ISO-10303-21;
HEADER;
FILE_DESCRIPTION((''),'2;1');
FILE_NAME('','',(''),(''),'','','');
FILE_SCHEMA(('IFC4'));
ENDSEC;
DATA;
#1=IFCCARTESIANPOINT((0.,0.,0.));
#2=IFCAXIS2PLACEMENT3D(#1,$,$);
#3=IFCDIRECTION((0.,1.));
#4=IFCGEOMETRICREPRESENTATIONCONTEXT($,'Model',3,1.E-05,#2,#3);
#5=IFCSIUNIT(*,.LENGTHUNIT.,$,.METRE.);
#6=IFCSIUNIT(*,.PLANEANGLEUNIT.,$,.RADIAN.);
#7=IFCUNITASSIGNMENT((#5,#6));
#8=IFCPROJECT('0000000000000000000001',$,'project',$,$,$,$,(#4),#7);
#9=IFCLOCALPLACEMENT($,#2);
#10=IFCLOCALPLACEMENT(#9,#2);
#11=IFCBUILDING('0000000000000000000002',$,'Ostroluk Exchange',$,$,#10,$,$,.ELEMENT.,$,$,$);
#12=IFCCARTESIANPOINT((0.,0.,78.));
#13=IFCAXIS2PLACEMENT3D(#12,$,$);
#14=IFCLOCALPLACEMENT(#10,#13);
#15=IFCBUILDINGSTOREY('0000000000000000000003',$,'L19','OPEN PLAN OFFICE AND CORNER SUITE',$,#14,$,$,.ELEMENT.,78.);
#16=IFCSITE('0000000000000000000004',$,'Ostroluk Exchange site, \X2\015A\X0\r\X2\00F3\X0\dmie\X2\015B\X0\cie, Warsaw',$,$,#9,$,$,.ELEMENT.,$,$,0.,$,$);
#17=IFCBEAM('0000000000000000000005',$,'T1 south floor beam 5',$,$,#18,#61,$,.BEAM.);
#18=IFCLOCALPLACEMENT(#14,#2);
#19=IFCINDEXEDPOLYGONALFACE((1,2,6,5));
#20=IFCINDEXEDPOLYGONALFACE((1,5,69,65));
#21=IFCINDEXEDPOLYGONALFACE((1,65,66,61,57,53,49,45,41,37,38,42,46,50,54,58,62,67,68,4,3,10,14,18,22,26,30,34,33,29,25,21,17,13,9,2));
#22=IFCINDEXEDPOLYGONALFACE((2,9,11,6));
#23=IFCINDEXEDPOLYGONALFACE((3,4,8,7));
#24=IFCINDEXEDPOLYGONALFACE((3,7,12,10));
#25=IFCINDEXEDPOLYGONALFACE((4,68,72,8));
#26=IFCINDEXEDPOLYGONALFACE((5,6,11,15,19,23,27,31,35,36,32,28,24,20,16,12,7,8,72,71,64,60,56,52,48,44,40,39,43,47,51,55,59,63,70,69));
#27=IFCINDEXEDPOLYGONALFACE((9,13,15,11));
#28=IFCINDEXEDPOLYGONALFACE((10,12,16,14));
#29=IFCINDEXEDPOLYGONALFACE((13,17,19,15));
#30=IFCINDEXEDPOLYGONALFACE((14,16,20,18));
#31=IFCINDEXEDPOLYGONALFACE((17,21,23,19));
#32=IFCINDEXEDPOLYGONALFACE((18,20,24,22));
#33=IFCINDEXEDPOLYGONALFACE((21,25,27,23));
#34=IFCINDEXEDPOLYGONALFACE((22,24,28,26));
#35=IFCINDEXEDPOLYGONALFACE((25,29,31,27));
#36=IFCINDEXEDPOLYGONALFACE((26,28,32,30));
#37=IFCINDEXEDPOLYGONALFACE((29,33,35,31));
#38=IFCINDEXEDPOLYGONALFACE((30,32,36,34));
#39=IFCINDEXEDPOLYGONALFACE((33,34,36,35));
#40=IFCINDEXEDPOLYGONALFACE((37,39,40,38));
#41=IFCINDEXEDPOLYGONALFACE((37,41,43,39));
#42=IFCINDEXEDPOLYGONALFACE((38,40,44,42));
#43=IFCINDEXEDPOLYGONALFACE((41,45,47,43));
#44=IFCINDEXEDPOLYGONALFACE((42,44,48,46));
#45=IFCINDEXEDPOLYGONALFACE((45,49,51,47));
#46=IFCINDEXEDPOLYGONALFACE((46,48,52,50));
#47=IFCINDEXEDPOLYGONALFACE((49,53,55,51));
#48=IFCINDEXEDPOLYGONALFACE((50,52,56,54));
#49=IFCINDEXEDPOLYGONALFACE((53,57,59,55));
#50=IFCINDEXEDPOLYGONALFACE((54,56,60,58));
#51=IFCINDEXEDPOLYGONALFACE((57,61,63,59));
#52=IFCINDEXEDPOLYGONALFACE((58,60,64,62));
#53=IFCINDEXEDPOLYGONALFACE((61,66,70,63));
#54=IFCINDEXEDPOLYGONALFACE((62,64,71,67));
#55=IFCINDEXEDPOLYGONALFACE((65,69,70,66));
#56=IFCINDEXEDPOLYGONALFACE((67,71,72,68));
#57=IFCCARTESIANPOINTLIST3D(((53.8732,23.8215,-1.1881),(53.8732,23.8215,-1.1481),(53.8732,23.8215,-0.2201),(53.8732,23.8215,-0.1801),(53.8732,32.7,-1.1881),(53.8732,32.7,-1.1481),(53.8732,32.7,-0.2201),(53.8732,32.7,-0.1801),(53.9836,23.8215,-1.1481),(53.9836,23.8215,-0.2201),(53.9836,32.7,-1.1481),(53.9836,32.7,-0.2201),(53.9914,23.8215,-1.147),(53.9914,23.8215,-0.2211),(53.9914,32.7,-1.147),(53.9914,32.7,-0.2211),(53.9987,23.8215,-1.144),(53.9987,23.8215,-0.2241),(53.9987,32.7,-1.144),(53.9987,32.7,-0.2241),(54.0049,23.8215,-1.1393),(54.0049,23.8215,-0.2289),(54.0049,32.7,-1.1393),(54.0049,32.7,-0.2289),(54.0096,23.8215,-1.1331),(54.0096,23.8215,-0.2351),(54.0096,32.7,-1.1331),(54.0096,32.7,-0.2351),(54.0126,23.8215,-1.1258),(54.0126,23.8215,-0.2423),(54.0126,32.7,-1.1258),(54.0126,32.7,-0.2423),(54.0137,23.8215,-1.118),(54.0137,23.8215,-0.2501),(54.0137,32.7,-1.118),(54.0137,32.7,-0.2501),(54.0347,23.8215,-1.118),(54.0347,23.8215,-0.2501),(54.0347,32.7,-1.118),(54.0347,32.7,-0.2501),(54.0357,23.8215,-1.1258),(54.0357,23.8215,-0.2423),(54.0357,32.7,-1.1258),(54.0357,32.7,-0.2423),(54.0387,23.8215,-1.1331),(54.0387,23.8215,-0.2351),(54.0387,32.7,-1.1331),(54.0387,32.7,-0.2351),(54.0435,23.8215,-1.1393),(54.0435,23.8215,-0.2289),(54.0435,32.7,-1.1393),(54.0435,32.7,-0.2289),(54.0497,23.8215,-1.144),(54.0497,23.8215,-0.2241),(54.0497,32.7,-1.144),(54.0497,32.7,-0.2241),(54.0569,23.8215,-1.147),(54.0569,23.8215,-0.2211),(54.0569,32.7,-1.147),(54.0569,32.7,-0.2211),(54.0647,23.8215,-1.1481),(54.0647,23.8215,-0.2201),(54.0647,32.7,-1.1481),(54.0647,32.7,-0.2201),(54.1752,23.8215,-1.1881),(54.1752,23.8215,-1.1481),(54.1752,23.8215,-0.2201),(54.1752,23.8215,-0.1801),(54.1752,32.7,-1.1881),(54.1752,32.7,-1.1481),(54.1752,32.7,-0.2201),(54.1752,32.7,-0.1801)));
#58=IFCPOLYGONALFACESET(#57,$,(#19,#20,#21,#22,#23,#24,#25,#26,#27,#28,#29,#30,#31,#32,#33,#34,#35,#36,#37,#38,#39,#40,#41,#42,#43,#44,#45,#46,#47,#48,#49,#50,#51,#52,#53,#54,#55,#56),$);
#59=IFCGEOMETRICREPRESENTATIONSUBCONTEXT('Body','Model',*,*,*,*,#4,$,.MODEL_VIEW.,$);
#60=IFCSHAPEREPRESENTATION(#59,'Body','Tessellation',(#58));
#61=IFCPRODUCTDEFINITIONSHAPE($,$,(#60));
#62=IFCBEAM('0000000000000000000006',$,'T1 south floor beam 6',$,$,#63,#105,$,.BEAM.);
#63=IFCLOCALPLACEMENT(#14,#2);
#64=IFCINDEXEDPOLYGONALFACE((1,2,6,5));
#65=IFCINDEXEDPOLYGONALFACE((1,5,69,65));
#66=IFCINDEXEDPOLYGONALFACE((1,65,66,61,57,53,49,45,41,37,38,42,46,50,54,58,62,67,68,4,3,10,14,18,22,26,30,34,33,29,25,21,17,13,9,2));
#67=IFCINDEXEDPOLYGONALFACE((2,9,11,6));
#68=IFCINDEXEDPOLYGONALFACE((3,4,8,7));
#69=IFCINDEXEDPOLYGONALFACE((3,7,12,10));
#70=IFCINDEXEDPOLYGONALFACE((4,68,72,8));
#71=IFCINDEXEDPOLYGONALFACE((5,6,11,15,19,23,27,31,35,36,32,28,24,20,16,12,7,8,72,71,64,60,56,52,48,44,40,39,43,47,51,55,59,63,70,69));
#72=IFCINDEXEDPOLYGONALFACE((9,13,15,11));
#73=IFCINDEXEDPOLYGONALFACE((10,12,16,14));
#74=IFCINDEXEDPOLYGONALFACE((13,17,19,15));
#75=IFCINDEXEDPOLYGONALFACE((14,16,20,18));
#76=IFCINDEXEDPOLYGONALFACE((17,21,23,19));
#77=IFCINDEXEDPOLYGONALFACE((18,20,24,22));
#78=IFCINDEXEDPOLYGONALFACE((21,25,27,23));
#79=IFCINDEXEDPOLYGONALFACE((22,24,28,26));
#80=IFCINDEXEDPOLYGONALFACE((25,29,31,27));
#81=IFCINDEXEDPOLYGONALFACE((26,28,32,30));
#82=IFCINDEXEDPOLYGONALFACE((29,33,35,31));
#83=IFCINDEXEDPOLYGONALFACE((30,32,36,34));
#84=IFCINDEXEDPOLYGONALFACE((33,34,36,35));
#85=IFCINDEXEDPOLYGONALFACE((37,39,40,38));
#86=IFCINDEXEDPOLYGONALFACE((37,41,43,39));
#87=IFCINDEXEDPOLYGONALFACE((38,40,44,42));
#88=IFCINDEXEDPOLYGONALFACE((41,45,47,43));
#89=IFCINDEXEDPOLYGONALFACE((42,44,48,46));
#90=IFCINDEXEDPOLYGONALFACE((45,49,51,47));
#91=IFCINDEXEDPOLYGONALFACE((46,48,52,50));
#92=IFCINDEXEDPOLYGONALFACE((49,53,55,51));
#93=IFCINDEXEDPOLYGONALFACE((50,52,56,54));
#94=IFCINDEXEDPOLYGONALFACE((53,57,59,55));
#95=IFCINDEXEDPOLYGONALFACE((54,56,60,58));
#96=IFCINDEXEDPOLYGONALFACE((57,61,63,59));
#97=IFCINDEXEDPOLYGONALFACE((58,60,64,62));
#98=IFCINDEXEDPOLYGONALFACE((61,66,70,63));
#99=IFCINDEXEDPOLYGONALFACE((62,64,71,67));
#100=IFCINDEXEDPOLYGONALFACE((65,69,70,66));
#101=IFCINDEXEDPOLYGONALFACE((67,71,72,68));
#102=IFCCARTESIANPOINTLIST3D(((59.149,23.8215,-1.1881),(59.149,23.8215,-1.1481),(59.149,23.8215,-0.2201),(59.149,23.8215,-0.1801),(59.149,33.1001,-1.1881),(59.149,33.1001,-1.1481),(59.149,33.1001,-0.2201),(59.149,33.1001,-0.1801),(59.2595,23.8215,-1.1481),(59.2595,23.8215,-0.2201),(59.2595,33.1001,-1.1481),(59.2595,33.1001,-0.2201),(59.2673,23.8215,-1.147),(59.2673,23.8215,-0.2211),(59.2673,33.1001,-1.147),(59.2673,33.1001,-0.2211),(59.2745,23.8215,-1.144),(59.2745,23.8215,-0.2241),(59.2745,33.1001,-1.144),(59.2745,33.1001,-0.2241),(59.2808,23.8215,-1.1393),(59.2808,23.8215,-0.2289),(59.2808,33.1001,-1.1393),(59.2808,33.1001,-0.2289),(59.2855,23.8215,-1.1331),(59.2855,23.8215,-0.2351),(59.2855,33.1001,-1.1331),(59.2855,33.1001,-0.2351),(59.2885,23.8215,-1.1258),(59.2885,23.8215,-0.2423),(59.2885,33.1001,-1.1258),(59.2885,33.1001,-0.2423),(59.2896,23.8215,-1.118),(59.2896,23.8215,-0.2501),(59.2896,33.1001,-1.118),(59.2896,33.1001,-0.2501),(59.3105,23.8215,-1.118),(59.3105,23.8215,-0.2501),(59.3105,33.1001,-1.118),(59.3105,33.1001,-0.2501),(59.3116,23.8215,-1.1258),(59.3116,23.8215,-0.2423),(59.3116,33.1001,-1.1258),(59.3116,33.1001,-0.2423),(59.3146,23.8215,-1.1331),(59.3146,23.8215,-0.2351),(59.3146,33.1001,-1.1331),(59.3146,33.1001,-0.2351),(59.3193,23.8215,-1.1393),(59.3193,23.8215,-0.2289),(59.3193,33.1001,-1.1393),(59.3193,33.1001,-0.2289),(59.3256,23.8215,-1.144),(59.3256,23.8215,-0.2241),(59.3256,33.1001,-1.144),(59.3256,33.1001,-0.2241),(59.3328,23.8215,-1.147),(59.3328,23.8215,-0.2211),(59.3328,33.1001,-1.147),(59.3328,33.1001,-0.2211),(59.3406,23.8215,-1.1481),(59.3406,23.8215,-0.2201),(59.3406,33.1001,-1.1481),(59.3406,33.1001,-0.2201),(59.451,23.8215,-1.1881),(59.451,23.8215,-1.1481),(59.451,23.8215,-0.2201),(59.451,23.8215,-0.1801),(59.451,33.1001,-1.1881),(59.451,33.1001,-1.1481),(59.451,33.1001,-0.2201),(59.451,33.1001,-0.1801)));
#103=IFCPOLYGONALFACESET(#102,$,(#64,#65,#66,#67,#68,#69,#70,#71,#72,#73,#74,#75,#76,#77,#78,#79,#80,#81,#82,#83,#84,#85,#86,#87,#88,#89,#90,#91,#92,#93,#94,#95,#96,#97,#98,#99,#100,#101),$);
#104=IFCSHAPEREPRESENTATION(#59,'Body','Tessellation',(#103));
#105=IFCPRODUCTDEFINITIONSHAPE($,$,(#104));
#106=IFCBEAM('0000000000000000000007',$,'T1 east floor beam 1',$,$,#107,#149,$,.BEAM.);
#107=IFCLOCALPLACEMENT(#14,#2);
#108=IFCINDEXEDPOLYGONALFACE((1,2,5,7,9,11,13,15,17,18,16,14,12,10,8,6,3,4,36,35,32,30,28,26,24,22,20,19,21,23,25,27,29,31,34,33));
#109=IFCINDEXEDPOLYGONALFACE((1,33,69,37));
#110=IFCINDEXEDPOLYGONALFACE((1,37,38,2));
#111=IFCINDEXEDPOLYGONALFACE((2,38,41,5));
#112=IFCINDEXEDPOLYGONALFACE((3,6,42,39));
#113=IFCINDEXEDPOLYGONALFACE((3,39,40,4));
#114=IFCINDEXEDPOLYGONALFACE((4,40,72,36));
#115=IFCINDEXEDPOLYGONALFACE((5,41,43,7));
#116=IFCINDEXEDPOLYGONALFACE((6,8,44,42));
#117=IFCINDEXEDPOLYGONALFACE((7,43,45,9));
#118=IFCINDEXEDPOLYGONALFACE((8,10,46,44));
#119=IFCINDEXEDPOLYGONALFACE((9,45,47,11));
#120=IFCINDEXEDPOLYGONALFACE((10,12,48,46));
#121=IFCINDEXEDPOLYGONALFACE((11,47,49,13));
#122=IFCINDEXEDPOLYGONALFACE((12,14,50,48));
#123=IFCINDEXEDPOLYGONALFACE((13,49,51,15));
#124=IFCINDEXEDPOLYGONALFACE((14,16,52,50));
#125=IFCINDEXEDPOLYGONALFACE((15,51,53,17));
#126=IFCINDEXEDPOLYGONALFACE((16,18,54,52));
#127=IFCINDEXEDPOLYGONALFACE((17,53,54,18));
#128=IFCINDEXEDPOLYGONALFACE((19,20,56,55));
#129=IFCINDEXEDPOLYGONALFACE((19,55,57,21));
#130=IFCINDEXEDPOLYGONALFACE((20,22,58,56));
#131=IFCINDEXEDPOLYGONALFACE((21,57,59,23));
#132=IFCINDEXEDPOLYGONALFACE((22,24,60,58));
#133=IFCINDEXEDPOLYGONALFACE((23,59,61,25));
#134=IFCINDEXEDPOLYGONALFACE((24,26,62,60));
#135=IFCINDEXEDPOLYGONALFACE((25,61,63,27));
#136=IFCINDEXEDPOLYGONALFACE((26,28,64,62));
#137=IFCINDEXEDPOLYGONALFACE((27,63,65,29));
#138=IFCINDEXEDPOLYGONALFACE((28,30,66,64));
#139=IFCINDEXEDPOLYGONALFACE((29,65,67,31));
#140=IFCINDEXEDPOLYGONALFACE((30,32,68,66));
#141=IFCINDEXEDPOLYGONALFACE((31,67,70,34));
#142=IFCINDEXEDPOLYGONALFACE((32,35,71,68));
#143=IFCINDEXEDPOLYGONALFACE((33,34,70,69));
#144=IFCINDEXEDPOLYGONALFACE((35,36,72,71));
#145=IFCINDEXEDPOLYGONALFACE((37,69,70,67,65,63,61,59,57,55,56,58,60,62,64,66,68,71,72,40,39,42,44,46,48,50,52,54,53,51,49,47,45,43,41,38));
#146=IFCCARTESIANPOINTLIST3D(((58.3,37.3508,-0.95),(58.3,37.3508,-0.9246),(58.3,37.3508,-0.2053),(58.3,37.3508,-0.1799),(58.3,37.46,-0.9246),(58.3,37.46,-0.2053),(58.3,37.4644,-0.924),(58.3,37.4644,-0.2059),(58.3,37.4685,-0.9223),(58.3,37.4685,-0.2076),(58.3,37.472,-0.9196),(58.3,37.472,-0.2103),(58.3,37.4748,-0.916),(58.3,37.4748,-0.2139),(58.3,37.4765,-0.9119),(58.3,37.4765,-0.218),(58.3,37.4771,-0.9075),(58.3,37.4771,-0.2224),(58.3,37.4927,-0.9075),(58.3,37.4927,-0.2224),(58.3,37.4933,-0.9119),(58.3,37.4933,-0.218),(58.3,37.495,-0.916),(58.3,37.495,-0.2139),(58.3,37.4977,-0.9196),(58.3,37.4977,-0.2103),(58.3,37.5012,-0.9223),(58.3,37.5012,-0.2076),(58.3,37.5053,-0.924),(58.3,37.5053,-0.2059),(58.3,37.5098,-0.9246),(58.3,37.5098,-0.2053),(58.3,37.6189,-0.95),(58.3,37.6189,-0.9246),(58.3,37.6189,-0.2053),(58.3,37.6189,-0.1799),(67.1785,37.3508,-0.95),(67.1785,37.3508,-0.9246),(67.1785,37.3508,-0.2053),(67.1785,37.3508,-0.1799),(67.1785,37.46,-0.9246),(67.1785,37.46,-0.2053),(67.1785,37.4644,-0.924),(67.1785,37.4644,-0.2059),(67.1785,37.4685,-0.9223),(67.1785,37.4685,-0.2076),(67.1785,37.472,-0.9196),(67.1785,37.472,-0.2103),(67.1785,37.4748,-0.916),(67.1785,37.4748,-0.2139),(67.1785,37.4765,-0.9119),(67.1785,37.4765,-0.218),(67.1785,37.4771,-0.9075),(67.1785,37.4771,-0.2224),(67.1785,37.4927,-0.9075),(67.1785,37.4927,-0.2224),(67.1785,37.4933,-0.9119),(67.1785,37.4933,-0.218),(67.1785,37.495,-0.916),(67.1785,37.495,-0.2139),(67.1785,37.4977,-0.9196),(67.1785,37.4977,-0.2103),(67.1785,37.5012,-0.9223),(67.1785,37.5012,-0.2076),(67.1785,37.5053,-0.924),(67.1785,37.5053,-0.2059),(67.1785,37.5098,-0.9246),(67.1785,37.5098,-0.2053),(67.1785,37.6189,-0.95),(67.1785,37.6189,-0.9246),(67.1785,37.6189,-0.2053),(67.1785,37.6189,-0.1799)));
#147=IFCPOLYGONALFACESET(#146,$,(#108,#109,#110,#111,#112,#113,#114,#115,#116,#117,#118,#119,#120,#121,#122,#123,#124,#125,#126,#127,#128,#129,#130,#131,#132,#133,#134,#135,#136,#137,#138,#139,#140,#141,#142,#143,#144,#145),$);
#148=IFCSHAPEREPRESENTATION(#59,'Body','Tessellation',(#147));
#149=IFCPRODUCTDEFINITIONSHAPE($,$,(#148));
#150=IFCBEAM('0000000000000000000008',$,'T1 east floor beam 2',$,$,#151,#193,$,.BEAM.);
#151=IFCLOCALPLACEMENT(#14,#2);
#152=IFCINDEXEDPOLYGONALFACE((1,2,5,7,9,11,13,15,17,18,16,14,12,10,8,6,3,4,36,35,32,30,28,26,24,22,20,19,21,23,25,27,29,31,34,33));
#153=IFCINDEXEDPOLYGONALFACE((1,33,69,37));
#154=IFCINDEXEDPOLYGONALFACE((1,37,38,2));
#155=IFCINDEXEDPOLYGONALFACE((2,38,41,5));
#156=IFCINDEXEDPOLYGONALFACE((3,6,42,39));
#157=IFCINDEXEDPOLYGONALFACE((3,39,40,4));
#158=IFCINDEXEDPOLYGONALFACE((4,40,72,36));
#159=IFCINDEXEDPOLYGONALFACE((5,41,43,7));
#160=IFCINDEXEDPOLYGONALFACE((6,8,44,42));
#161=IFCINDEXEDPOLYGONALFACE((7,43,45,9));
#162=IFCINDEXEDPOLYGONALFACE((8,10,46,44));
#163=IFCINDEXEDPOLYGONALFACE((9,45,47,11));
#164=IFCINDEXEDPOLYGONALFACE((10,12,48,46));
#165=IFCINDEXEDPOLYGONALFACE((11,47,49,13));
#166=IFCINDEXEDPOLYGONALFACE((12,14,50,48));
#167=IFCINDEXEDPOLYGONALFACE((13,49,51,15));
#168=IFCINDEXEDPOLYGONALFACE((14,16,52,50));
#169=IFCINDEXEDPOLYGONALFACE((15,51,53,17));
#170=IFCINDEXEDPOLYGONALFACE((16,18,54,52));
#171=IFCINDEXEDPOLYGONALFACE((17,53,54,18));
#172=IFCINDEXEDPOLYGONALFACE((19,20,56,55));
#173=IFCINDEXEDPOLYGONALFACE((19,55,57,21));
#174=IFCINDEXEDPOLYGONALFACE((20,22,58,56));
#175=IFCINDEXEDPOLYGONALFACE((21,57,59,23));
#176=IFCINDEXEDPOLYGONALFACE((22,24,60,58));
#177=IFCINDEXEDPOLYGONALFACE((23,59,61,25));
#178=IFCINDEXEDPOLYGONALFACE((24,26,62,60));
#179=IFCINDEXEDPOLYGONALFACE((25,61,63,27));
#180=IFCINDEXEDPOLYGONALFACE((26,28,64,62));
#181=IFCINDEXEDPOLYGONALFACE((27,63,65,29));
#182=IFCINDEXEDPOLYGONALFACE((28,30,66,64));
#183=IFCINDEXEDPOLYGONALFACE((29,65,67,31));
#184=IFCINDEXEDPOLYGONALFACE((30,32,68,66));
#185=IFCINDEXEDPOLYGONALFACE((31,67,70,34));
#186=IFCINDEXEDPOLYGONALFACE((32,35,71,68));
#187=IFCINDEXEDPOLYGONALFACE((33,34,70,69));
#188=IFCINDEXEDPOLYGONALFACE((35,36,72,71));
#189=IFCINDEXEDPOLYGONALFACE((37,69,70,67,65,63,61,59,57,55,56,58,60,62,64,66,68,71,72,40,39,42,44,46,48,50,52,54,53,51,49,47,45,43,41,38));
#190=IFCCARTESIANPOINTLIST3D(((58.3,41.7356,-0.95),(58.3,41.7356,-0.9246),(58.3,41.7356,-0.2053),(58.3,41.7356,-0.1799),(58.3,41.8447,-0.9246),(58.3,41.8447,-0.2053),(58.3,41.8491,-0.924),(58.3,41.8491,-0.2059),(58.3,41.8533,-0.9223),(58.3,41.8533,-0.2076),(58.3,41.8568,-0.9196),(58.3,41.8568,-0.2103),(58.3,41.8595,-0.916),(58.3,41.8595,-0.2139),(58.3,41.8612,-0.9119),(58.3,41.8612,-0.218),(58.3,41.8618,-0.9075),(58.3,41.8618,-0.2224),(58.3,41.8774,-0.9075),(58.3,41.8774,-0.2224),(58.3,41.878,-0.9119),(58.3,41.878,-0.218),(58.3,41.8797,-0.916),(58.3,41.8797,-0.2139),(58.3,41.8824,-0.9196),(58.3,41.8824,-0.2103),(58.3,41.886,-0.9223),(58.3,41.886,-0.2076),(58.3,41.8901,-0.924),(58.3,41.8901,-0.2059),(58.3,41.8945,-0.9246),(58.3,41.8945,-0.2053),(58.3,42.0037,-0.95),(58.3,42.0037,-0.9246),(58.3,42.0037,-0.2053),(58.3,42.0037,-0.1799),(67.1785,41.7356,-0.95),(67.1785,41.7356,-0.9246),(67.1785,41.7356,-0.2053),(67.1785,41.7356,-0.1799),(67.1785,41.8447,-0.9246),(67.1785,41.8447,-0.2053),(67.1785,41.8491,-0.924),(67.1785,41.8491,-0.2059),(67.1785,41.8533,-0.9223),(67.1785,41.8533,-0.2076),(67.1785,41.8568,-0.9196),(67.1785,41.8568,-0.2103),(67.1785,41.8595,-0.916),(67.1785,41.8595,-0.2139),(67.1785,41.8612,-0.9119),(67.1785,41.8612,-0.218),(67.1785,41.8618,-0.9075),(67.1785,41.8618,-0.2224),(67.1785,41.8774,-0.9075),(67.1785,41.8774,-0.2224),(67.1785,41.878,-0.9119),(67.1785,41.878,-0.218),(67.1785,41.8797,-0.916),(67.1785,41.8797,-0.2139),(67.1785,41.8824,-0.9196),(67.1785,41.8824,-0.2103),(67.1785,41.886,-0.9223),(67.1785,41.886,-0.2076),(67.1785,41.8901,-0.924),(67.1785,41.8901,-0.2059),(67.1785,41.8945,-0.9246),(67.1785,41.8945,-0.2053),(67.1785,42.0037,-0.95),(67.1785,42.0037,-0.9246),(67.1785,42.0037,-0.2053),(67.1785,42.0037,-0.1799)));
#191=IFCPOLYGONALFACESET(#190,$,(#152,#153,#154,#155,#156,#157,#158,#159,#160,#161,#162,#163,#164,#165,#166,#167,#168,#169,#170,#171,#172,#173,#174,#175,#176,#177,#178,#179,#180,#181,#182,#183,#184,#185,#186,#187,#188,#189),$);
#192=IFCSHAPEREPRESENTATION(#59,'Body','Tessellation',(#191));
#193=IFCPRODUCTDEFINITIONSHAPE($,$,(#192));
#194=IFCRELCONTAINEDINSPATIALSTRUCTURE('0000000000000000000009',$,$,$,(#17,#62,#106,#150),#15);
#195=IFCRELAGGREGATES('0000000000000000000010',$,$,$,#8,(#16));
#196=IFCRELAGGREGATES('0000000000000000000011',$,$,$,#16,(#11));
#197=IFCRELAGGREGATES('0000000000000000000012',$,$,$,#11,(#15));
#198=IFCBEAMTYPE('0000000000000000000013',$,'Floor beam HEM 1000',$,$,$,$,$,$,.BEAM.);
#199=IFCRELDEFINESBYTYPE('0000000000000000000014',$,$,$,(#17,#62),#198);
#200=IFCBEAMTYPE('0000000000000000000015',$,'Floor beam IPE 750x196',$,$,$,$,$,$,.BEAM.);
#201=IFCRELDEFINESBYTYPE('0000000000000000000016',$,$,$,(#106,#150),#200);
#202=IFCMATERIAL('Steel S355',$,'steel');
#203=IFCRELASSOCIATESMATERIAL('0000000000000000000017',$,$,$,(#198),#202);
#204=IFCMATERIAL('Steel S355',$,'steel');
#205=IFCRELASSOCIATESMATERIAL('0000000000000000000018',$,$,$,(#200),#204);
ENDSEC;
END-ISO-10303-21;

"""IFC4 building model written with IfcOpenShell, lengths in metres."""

from ifc_helpers import new_model, si_unit, direction, frame, origin, origin_2d, place, context, subcontext, project, spatial, i_section, extrude, material, material_profile, profile_set, type_object, element, save


model = new_model("IFC4")

# Units and contexts
model_context = context("Model", 3, precision=1e-05, world=origin(), true_north=direction((0.0, 1.0)))
body_context = subcontext(model_context, "Body", "Model", "MODEL_VIEW")
ifc_project = project(units=[si_unit("LENGTHUNIT", "METRE"), si_unit("PLANEANGLEUNIT", "RADIAN")], contexts=[model_context])

# Site, building, storey
site_placement = place(None, origin())
site = spatial("IfcSite", under=ifc_project, at=site_placement, Name="Ostroluk Exchange site, Śródmieście, Warsaw", CompositionType="ELEMENT", RefElevation=0.0)
building_placement = place(site_placement, origin())
building = spatial("IfcBuilding", under=site, at=building_placement, Name="Ostroluk Exchange", CompositionType="ELEMENT")
storey_placement = place(building_placement, frame((0.0, 0.0, 78.0)))
storey = spatial("IfcBuildingStorey", under=building, at=storey_placement, Name="L19", Description="OPEN PLAN OFFICE AND CORNER SUITE", CompositionType="ELEMENT", Elevation=78.0)

# Beams
ifc_material_1 = material(Name="Steel S355", Category="steel")
ifc_material_profile_1 = material_profile(ifc_material_1, i_section(OverallWidth=0.302, OverallDepth=1.0081, WebThickness=0.021, FlangeThickness=0.04, FilletRadius=0.03, at=origin_2d()), Name="HEM 1000")
ifc_profile_set_1 = profile_set([ifc_material_profile_1], Name="Steel S355")
beam_type_1 = type_object("IfcBeamType", Name="Floor beam HEM 1000", PredefinedType="BEAM", material=ifc_profile_set_1)
beam_1_placement = place(storey_placement, frame((54.0242, 32.7, -0.6841), z_axis=(0.0, -1.0, 0.0), x_axis=(1.0, 0.0, 0.0)))
element("IfcBeam", 1, at=beam_1_placement, inside=storey, type_object=beam_type_1, Name="T1 south floor beam 5", PredefinedType="BEAM", context=body_context, shape_type="SweptSolid", body=[
    extrude(i_section(OverallWidth=0.302, OverallDepth=1.0081, WebThickness=0.021, FlangeThickness=0.04, FilletRadius=0.03, at=origin_2d()), origin(), (0.0, 0.0, 1.0), 8.8784),
])
beam_2_placement = place(storey_placement, frame((59.3, 33.1001, -0.6841), z_axis=(0.0, -1.0, 0.0), x_axis=(1.0, 0.0, 0.0)))
element("IfcBeam", 2, at=beam_2_placement, inside=storey, type_object=beam_type_1, Name="T1 south floor beam 6", PredefinedType="BEAM", context=body_context, shape_type="SweptSolid", body=[
    extrude(i_section(OverallWidth=0.302, OverallDepth=1.0081, WebThickness=0.021, FlangeThickness=0.04, FilletRadius=0.03, at=origin_2d()), origin(), (0.0, 0.0, 1.0), 9.2786),
])
ifc_material_2 = material(Name="Steel S355", Category="steel")
ifc_material_profile_2 = material_profile(ifc_material_2, i_section(OverallWidth=0.2681, OverallDepth=0.77, WebThickness=0.0156, FlangeThickness=0.0254, FilletRadius=0.0171, at=origin_2d()), Name="IPE 750x196")
ifc_profile_set_2 = profile_set([ifc_material_profile_2], Name="Steel S355")
beam_type_2 = type_object("IfcBeamType", Name="Floor beam IPE 750x196", PredefinedType="BEAM", material=ifc_profile_set_2)
for number, where, z_axis, x_axis, name in (
    (3, (58.3, 37.4849, -0.5649), (1.0, 0.0, 0.0), (0.0, 1.0, 0.0), "T1 east floor beam 1"),
    (4, (58.3, 41.8696, -0.5649), (1.0, 0.0, 0.0), (0.0, 1.0, 0.0), "T1 east floor beam 2"),
):
    element("IfcBeam", number, at=place(storey_placement, frame(where, z_axis=z_axis, x_axis=x_axis)), inside=storey, type_object=beam_type_2, Name=name, PredefinedType="BEAM", context=body_context, shape_type="SweptSolid", body=[
        extrude(i_section(OverallWidth=0.2681, OverallDepth=0.77, WebThickness=0.0156, FlangeThickness=0.0254, FilletRadius=0.0171, at=origin_2d()), origin(), (0.0, 0.0, 1.0), 8.8784),
    ])

save(model, "model.ifc")
